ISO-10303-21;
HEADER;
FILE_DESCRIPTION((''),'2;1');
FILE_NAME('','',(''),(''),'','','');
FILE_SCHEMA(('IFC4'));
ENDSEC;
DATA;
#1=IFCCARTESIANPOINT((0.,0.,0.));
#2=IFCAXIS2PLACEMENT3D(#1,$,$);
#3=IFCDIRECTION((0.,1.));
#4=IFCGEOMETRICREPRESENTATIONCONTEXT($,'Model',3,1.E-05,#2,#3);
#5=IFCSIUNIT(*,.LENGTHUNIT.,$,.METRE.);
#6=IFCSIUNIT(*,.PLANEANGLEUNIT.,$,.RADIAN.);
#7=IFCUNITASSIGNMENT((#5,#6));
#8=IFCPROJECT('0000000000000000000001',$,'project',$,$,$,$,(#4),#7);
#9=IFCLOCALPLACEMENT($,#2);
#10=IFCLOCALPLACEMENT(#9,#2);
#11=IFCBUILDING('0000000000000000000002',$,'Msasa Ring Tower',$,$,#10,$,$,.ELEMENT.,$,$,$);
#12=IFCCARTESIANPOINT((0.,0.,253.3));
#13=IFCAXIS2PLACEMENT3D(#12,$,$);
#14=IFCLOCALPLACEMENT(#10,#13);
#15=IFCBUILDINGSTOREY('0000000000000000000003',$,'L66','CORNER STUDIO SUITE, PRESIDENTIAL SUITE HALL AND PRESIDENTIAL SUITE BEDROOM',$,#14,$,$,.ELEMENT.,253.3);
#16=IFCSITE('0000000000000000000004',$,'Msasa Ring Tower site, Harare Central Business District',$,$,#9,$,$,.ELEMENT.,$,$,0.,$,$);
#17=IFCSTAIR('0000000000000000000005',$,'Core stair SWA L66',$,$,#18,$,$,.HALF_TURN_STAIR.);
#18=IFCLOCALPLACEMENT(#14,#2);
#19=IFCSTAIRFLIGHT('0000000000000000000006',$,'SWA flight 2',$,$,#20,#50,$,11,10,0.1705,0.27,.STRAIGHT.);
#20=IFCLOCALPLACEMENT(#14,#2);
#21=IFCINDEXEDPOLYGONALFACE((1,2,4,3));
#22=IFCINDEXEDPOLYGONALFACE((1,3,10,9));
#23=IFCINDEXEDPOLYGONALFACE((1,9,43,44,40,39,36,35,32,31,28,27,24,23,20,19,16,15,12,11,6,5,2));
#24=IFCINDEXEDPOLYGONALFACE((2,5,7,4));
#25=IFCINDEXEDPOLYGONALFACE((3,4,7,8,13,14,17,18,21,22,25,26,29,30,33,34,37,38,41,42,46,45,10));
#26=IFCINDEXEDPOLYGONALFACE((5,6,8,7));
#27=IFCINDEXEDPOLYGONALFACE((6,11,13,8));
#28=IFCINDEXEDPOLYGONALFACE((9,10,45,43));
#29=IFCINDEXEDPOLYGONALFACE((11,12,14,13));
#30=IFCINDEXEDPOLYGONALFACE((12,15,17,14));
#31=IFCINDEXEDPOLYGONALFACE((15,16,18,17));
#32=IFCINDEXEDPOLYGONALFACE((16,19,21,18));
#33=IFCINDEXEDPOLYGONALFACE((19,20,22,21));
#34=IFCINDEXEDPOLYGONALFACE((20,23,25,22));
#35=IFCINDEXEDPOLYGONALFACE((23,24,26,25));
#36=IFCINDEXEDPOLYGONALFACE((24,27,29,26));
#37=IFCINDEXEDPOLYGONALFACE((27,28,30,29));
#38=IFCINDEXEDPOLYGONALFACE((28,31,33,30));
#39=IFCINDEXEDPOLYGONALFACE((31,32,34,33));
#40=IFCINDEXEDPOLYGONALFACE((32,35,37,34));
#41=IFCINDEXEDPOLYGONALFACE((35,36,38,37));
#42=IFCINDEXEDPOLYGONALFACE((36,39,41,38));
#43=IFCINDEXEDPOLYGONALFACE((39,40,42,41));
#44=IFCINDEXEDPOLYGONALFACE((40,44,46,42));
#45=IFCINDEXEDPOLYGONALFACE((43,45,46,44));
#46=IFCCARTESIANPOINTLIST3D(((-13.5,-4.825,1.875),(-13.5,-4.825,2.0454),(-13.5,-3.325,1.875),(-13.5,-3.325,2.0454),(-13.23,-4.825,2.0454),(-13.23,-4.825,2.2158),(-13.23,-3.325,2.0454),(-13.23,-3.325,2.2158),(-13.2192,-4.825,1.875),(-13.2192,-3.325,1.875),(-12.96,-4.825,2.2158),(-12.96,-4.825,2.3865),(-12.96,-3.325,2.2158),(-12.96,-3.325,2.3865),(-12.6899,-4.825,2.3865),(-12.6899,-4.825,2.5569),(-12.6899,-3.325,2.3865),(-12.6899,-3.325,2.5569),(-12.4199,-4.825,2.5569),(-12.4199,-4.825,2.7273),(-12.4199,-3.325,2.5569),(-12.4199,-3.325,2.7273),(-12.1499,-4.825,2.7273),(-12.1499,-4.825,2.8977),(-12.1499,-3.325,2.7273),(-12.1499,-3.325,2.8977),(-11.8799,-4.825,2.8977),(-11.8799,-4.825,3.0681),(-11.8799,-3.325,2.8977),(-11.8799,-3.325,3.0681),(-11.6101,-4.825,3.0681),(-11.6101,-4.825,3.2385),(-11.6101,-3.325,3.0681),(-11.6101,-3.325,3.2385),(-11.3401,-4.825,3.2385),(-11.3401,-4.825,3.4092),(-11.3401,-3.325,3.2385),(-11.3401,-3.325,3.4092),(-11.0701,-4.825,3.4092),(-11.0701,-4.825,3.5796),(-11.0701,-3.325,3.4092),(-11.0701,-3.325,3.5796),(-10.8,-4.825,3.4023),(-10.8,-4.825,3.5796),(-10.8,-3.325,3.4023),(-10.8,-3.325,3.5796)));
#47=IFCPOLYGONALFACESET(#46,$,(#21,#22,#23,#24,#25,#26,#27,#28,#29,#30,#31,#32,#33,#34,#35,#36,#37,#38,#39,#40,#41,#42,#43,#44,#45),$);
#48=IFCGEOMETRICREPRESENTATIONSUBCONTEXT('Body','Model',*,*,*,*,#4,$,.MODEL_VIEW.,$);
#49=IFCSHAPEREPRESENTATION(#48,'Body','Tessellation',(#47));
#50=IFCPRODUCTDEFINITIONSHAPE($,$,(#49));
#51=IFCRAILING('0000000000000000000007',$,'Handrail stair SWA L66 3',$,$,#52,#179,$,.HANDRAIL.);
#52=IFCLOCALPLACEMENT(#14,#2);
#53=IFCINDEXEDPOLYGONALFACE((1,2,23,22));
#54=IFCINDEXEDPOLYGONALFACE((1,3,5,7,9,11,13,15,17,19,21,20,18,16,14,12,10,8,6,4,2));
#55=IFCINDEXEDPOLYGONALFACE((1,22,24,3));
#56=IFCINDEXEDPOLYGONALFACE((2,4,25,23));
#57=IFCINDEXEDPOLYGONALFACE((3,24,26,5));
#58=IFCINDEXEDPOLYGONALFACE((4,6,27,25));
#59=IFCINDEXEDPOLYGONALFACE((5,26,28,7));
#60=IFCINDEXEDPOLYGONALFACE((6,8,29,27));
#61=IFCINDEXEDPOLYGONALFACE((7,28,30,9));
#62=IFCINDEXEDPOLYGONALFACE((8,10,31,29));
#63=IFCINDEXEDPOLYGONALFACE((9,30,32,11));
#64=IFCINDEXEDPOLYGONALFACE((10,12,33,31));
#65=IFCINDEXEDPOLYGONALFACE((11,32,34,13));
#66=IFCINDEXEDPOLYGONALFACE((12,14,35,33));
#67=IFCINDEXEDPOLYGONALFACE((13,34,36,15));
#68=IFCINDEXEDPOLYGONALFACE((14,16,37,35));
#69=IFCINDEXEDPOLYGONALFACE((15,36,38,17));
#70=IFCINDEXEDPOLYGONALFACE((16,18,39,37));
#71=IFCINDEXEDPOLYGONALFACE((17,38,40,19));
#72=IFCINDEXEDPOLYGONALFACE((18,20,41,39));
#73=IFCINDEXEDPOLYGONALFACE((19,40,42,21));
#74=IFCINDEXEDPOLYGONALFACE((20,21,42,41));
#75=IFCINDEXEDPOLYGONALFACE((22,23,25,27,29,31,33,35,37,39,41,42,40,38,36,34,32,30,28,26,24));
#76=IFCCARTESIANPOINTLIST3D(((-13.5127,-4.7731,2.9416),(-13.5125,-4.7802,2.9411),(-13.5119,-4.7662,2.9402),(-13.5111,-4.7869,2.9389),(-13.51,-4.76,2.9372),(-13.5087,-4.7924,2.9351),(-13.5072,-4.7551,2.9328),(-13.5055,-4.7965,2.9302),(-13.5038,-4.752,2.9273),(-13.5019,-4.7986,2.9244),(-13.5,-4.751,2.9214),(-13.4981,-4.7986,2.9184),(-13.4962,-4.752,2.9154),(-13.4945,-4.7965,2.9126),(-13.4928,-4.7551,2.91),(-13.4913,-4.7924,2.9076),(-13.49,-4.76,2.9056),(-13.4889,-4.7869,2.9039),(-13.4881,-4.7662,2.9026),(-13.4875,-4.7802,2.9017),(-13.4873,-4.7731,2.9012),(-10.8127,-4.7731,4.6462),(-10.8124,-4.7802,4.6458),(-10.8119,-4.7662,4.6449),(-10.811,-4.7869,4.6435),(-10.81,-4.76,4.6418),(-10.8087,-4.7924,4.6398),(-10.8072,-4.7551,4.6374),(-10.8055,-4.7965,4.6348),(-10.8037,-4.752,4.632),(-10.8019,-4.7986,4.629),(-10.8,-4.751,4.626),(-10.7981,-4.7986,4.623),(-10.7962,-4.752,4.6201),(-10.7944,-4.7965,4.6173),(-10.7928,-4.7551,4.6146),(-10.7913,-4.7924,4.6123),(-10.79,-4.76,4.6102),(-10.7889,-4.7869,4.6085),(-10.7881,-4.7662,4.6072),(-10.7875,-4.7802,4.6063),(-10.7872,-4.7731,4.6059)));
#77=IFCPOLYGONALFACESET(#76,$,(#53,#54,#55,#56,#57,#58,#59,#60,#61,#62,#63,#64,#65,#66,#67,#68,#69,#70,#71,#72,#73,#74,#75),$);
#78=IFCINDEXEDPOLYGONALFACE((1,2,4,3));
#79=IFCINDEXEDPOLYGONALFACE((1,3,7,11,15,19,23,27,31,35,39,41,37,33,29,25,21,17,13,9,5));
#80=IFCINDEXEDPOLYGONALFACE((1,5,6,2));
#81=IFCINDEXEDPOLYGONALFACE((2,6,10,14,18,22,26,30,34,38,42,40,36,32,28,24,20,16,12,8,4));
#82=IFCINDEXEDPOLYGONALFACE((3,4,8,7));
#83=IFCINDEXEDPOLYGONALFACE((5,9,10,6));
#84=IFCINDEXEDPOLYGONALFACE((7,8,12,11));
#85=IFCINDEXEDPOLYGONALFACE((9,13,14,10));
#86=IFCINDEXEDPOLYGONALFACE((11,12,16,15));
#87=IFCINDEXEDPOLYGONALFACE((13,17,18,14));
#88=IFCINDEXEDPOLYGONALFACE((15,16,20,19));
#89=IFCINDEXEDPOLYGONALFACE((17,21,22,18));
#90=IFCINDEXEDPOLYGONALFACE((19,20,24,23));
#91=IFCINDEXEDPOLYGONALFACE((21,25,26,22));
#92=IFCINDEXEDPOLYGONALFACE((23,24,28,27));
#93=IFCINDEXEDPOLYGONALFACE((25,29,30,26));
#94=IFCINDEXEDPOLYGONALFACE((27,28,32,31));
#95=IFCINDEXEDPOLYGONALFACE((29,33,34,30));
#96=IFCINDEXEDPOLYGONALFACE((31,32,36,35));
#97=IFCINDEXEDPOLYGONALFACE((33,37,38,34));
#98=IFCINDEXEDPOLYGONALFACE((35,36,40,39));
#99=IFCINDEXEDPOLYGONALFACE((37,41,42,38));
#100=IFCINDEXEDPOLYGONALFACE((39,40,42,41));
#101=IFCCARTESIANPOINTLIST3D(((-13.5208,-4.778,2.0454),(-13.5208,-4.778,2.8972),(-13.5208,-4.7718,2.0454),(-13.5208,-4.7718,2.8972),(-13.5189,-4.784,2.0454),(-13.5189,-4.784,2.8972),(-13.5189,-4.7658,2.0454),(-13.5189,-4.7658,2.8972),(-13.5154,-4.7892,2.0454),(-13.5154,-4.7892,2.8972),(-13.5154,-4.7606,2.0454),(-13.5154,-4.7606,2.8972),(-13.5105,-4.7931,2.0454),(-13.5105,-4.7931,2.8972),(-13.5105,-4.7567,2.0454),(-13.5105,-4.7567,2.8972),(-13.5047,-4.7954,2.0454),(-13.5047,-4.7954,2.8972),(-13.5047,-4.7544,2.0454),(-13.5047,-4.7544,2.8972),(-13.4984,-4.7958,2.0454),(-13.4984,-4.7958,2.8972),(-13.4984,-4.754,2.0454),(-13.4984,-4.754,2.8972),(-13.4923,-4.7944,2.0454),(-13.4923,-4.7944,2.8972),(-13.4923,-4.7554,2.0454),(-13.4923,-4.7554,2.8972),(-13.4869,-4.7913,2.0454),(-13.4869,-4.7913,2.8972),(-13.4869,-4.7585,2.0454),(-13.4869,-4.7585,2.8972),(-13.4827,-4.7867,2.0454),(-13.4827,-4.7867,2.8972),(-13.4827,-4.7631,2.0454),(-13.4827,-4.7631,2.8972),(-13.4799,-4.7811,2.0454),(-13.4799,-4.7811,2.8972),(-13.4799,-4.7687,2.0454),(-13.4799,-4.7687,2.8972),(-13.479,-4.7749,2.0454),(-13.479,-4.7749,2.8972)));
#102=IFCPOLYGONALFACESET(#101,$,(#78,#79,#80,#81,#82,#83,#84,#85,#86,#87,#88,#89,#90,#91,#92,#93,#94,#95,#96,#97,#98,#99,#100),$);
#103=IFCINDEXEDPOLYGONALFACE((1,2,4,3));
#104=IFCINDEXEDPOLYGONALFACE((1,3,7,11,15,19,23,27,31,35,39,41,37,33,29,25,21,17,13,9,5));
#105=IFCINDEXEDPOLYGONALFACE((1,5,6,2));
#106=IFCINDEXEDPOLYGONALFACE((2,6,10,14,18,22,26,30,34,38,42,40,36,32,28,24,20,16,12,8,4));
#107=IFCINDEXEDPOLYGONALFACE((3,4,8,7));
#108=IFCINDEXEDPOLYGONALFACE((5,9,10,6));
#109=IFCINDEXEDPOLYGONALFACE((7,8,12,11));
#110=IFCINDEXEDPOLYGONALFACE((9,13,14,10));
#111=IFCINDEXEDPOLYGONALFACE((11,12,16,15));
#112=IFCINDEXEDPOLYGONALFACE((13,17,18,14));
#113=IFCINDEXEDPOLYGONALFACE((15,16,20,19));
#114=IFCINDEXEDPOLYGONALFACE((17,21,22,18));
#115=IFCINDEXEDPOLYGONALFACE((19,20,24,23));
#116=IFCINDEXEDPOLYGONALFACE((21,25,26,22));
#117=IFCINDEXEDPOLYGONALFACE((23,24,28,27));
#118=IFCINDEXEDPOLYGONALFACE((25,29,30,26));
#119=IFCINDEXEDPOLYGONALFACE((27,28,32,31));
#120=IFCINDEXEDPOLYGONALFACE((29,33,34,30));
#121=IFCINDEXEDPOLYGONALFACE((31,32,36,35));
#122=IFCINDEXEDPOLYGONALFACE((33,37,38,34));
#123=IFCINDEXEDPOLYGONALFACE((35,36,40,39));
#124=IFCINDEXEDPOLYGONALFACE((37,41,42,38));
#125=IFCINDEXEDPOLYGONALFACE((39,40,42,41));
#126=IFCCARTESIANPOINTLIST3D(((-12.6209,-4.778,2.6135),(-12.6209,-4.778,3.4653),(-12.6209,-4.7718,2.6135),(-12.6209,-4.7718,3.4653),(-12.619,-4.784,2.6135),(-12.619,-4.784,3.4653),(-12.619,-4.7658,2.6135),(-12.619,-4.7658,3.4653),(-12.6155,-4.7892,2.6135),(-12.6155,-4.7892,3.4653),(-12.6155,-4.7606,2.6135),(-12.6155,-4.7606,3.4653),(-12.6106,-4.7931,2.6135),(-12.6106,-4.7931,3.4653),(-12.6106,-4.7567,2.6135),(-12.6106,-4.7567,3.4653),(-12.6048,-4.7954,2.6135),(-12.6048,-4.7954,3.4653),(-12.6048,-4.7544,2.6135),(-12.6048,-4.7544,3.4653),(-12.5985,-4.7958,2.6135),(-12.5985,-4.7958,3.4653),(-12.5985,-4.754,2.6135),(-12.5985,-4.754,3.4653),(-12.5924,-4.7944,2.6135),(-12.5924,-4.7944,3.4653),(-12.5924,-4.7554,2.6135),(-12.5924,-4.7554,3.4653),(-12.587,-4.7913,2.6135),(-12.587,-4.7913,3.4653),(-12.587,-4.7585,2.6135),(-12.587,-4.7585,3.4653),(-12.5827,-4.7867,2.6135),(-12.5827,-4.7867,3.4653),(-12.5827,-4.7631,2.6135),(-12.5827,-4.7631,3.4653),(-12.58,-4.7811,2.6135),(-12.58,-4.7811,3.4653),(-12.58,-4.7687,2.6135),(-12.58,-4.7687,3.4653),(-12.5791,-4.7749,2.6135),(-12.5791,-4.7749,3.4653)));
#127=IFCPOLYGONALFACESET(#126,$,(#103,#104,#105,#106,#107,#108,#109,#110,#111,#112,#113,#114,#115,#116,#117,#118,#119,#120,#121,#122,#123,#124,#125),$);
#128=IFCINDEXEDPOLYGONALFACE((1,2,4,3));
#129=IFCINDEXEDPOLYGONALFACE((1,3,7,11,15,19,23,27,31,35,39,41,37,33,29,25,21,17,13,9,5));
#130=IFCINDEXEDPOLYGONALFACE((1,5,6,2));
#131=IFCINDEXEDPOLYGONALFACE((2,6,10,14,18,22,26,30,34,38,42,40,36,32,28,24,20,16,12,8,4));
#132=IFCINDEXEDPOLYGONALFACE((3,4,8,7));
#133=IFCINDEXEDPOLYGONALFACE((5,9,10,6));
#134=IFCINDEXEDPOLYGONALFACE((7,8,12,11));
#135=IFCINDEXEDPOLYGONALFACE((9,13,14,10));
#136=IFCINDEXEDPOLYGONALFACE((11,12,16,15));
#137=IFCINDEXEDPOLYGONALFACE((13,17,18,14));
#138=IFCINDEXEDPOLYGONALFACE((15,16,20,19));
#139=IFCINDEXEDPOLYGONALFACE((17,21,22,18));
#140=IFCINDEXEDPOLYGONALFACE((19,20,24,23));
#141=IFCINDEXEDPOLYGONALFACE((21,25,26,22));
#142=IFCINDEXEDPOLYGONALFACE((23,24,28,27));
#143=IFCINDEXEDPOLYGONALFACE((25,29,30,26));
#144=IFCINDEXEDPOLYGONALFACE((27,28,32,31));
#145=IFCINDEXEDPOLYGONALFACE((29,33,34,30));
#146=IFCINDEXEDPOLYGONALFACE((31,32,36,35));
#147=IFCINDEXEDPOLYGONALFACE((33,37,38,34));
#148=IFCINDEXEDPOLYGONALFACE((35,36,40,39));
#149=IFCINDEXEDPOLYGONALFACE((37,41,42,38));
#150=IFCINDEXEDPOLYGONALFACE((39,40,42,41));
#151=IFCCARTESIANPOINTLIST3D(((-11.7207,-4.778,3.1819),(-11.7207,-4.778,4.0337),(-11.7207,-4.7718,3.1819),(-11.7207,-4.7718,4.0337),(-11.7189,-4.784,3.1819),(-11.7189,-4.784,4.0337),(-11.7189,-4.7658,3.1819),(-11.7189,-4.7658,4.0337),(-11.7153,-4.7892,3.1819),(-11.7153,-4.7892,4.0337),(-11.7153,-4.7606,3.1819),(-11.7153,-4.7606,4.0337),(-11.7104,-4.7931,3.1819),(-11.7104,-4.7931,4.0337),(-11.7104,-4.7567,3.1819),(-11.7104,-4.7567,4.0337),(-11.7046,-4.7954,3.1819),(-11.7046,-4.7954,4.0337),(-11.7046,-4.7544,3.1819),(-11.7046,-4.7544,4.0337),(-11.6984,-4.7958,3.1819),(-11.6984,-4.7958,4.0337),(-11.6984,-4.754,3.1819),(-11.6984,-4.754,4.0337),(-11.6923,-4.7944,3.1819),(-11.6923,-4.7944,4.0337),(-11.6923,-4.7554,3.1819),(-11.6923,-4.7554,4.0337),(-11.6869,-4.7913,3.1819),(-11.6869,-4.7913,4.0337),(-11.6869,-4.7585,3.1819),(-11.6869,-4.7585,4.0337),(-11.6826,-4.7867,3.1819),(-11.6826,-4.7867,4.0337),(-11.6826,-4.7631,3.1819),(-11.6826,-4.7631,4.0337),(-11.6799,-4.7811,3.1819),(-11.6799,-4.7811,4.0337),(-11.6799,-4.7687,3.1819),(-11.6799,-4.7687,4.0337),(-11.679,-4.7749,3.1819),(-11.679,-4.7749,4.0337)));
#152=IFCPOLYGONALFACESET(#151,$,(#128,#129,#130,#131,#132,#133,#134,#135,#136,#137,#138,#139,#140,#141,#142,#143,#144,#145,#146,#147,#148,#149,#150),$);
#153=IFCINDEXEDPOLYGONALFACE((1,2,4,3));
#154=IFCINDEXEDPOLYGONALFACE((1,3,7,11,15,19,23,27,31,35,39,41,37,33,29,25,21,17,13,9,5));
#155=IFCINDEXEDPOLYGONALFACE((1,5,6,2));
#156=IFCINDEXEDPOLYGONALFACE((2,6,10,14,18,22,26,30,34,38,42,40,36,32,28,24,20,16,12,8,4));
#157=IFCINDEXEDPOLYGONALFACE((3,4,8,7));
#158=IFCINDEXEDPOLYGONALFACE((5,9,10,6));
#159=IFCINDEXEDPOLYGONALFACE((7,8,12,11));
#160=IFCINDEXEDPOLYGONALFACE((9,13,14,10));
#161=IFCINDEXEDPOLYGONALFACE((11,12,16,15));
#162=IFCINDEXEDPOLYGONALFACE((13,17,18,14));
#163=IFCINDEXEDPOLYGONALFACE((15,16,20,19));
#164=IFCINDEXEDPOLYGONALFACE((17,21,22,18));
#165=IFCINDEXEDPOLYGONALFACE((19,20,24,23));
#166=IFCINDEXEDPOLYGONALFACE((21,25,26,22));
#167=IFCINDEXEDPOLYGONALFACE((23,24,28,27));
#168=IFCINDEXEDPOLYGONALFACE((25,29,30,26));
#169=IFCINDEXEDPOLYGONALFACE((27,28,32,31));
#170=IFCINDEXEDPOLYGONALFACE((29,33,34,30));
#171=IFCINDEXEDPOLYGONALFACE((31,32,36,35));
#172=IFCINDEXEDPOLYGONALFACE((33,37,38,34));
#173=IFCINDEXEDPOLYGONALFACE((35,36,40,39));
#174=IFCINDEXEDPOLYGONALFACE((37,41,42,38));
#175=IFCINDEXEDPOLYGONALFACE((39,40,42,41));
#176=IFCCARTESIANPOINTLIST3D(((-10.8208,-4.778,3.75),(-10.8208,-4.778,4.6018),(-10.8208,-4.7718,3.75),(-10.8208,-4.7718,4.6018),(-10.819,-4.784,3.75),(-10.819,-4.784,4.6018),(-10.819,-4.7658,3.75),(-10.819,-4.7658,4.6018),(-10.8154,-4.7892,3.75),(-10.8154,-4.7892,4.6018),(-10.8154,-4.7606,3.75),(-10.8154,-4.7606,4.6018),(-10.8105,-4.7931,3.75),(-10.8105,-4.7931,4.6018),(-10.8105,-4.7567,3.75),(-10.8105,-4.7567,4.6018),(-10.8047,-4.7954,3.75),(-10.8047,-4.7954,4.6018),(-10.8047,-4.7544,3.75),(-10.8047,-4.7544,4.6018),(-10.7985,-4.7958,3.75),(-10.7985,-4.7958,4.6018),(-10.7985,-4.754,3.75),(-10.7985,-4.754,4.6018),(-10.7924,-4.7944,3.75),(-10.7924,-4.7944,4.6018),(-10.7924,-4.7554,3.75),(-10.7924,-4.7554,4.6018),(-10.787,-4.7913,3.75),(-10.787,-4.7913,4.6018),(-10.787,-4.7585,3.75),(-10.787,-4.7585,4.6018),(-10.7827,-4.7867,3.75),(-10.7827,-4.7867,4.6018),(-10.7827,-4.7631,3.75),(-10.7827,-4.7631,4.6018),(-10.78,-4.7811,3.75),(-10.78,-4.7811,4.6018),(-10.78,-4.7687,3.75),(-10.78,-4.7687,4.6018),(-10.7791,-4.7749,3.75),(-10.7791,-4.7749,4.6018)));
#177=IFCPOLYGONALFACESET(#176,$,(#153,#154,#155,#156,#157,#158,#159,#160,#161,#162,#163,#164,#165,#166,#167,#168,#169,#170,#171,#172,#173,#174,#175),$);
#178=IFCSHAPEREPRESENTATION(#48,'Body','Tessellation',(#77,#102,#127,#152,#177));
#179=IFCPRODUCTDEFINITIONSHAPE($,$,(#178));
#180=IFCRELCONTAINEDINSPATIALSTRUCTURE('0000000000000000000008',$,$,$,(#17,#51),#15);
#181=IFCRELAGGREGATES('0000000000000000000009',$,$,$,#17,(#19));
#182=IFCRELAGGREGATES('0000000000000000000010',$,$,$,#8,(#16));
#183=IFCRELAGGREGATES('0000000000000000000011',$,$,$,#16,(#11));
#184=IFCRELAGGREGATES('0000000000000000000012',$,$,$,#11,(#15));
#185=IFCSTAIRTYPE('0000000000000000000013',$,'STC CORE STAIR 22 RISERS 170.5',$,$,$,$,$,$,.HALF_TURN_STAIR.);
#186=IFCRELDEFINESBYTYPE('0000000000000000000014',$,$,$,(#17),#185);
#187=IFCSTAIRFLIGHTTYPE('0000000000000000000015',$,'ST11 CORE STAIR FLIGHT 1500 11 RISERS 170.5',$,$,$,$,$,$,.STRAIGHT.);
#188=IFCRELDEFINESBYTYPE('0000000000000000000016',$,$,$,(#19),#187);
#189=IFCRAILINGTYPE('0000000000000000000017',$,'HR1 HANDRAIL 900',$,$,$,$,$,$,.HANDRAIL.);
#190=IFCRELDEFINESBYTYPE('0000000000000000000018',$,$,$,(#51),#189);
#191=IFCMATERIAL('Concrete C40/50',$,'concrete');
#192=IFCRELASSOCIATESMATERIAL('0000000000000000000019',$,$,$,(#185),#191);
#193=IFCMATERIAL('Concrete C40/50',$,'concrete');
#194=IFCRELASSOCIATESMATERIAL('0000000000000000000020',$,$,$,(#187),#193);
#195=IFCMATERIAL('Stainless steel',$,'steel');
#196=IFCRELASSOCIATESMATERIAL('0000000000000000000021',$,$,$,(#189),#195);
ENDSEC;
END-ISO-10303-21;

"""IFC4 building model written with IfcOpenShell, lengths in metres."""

from ifc_helpers import new_model, si_unit, direction, frame, origin, origin_2d, place, context, subcontext, project, spatial, polyline, circle, outline, extrude, material, type_object, element, aggregate, save


model = new_model("IFC4")

# Units and contexts
model_context = context("Model", 3, precision=1e-05, world=origin(), true_north=direction((0.0, 1.0)))
body_context = subcontext(model_context, "Body", "Model", "MODEL_VIEW")
ifc_project = project(units=[si_unit("LENGTHUNIT", "METRE"), si_unit("PLANEANGLEUNIT", "RADIAN")], contexts=[model_context])

# Site, building, storey
site_placement = place(None, origin())
site = spatial("IfcSite", under=ifc_project, at=site_placement, Name="Msasa Ring Tower site, Harare Central Business District", CompositionType="ELEMENT", RefElevation=0.0)
building_placement = place(site_placement, origin())
building = spatial("IfcBuilding", under=site, at=building_placement, Name="Msasa Ring Tower", CompositionType="ELEMENT")
storey_placement = place(building_placement, frame((0.0, 0.0, 253.3)))
storey = spatial("IfcBuildingStorey", under=building, at=storey_placement, Name="L66", Description="CORNER STUDIO SUITE, PRESIDENTIAL SUITE HALL AND PRESIDENTIAL SUITE BEDROOM", CompositionType="ELEMENT", Elevation=253.3)

# Stair, stair flight
ifc_material_1 = material(Name="Concrete C40/50", Category="concrete")
stair_type = type_object("IfcStairType", Name="STC CORE STAIR 22 RISERS 170.5", PredefinedType="HALF_TURN_STAIR", material=ifc_material_1)
stair_placement = place(storey_placement, origin())
stair = element("IfcStair", 1, at=stair_placement, inside=storey, type_object=stair_type, Name="Core stair SWA L66", PredefinedType="HALF_TURN_STAIR")
ifc_material_2 = material(Name="Concrete C40/50", Category="concrete")
stair_flight_type = type_object("IfcStairFlightType", Name="ST11 CORE STAIR FLIGHT 1500 11 RISERS 170.5", PredefinedType="STRAIGHT", material=ifc_material_2)
stair_flight_placement = place(storey_placement, frame((-13.5, -4.075, 1.875), z_axis=(0.0, 0.0, 1.0), x_axis=(1.0, 0.0, 0.0)))
stair_flight = element("IfcStairFlight", 2, at=stair_flight_placement, type_object=stair_flight_type, Name="SWA flight 2", NumberOfRisers=11, NumberOfTreads=10, PredefinedType="STRAIGHT", RiserHeight=0.1705, TreadLength=0.27, context=body_context, shape_type="SweptSolid", body=[
    extrude(outline(polyline([(0.0, 0.0), (0.0, 0.1704), (0.27, 0.1704), (0.27, 0.3408), (0.54, 0.3408), (0.54, 0.5115), (0.8101, 0.5115), (0.8101, 0.6819), (1.0801, 0.6819), (1.0801, 0.8523), (1.3501, 0.8523), (1.3501, 1.0227), (1.6201, 1.0227), (1.6201, 1.1931), (1.8899, 1.1931), (1.8899, 1.3635), (2.1599, 1.3635), (2.1599, 1.5342), (2.4299, 1.5342), (2.4299, 1.7046), (2.7, 1.7046), (2.7, 1.875), (2.7, 1.5273), (0.2808, 0.0), (0.0, 0.0)])), frame((0.0, 0.75, 0.0), z_axis=(0.0, -1.0, 0.0), x_axis=(1.0, 0.0, 0.0)), (0.0, 0.0, 1.0), 1.5),
])
aggregate(stair, [stair_flight])

# Railing
ifc_material_3 = material(Name="Stainless steel", Category="steel")
railing_type = type_object("IfcRailingType", Name="HR1 HANDRAIL 900", PredefinedType="HANDRAIL", material=ifc_material_3)
for number, where, name in (
    (3, (-13.5, -4.7749, 2.0454), "Handrail stair SWA L66 3"),
):
    element("IfcRailing", number, at=place(storey_placement, frame(where)), inside=storey, type_object=railing_type, Name=name, PredefinedType="HANDRAIL", context=body_context, shape_type="SweptSolid", body=[
        extrude(circle(Radius=0.0239, at=origin_2d()), frame((0.0, 0.0, 0.876), z_axis=(0.84558, 0.0, 0.533849), x_axis=(0.0, 1.0, 0.0)), (0.0, 0.0, 1.0), 3.1931),
        extrude(circle(Radius=0.021, at=origin_2d()), origin(), (0.0, 0.0, 1.0), 0.8518),
        extrude(circle(Radius=0.021, at=origin_2d()), frame((0.8999, 0.0, 0.5681)), (0.0, 0.0, 1.0), 0.8518),
        extrude(circle(Radius=0.021, at=origin_2d()), frame((1.8, 0.0, 1.1365)), (0.0, 0.0, 1.0), 0.8518),
        extrude(circle(Radius=0.021, at=origin_2d()), frame((2.7, 0.0, 1.7046)), (0.0, 0.0, 1.0), 0.8518),
    ])

save(model, "model.ifc")
